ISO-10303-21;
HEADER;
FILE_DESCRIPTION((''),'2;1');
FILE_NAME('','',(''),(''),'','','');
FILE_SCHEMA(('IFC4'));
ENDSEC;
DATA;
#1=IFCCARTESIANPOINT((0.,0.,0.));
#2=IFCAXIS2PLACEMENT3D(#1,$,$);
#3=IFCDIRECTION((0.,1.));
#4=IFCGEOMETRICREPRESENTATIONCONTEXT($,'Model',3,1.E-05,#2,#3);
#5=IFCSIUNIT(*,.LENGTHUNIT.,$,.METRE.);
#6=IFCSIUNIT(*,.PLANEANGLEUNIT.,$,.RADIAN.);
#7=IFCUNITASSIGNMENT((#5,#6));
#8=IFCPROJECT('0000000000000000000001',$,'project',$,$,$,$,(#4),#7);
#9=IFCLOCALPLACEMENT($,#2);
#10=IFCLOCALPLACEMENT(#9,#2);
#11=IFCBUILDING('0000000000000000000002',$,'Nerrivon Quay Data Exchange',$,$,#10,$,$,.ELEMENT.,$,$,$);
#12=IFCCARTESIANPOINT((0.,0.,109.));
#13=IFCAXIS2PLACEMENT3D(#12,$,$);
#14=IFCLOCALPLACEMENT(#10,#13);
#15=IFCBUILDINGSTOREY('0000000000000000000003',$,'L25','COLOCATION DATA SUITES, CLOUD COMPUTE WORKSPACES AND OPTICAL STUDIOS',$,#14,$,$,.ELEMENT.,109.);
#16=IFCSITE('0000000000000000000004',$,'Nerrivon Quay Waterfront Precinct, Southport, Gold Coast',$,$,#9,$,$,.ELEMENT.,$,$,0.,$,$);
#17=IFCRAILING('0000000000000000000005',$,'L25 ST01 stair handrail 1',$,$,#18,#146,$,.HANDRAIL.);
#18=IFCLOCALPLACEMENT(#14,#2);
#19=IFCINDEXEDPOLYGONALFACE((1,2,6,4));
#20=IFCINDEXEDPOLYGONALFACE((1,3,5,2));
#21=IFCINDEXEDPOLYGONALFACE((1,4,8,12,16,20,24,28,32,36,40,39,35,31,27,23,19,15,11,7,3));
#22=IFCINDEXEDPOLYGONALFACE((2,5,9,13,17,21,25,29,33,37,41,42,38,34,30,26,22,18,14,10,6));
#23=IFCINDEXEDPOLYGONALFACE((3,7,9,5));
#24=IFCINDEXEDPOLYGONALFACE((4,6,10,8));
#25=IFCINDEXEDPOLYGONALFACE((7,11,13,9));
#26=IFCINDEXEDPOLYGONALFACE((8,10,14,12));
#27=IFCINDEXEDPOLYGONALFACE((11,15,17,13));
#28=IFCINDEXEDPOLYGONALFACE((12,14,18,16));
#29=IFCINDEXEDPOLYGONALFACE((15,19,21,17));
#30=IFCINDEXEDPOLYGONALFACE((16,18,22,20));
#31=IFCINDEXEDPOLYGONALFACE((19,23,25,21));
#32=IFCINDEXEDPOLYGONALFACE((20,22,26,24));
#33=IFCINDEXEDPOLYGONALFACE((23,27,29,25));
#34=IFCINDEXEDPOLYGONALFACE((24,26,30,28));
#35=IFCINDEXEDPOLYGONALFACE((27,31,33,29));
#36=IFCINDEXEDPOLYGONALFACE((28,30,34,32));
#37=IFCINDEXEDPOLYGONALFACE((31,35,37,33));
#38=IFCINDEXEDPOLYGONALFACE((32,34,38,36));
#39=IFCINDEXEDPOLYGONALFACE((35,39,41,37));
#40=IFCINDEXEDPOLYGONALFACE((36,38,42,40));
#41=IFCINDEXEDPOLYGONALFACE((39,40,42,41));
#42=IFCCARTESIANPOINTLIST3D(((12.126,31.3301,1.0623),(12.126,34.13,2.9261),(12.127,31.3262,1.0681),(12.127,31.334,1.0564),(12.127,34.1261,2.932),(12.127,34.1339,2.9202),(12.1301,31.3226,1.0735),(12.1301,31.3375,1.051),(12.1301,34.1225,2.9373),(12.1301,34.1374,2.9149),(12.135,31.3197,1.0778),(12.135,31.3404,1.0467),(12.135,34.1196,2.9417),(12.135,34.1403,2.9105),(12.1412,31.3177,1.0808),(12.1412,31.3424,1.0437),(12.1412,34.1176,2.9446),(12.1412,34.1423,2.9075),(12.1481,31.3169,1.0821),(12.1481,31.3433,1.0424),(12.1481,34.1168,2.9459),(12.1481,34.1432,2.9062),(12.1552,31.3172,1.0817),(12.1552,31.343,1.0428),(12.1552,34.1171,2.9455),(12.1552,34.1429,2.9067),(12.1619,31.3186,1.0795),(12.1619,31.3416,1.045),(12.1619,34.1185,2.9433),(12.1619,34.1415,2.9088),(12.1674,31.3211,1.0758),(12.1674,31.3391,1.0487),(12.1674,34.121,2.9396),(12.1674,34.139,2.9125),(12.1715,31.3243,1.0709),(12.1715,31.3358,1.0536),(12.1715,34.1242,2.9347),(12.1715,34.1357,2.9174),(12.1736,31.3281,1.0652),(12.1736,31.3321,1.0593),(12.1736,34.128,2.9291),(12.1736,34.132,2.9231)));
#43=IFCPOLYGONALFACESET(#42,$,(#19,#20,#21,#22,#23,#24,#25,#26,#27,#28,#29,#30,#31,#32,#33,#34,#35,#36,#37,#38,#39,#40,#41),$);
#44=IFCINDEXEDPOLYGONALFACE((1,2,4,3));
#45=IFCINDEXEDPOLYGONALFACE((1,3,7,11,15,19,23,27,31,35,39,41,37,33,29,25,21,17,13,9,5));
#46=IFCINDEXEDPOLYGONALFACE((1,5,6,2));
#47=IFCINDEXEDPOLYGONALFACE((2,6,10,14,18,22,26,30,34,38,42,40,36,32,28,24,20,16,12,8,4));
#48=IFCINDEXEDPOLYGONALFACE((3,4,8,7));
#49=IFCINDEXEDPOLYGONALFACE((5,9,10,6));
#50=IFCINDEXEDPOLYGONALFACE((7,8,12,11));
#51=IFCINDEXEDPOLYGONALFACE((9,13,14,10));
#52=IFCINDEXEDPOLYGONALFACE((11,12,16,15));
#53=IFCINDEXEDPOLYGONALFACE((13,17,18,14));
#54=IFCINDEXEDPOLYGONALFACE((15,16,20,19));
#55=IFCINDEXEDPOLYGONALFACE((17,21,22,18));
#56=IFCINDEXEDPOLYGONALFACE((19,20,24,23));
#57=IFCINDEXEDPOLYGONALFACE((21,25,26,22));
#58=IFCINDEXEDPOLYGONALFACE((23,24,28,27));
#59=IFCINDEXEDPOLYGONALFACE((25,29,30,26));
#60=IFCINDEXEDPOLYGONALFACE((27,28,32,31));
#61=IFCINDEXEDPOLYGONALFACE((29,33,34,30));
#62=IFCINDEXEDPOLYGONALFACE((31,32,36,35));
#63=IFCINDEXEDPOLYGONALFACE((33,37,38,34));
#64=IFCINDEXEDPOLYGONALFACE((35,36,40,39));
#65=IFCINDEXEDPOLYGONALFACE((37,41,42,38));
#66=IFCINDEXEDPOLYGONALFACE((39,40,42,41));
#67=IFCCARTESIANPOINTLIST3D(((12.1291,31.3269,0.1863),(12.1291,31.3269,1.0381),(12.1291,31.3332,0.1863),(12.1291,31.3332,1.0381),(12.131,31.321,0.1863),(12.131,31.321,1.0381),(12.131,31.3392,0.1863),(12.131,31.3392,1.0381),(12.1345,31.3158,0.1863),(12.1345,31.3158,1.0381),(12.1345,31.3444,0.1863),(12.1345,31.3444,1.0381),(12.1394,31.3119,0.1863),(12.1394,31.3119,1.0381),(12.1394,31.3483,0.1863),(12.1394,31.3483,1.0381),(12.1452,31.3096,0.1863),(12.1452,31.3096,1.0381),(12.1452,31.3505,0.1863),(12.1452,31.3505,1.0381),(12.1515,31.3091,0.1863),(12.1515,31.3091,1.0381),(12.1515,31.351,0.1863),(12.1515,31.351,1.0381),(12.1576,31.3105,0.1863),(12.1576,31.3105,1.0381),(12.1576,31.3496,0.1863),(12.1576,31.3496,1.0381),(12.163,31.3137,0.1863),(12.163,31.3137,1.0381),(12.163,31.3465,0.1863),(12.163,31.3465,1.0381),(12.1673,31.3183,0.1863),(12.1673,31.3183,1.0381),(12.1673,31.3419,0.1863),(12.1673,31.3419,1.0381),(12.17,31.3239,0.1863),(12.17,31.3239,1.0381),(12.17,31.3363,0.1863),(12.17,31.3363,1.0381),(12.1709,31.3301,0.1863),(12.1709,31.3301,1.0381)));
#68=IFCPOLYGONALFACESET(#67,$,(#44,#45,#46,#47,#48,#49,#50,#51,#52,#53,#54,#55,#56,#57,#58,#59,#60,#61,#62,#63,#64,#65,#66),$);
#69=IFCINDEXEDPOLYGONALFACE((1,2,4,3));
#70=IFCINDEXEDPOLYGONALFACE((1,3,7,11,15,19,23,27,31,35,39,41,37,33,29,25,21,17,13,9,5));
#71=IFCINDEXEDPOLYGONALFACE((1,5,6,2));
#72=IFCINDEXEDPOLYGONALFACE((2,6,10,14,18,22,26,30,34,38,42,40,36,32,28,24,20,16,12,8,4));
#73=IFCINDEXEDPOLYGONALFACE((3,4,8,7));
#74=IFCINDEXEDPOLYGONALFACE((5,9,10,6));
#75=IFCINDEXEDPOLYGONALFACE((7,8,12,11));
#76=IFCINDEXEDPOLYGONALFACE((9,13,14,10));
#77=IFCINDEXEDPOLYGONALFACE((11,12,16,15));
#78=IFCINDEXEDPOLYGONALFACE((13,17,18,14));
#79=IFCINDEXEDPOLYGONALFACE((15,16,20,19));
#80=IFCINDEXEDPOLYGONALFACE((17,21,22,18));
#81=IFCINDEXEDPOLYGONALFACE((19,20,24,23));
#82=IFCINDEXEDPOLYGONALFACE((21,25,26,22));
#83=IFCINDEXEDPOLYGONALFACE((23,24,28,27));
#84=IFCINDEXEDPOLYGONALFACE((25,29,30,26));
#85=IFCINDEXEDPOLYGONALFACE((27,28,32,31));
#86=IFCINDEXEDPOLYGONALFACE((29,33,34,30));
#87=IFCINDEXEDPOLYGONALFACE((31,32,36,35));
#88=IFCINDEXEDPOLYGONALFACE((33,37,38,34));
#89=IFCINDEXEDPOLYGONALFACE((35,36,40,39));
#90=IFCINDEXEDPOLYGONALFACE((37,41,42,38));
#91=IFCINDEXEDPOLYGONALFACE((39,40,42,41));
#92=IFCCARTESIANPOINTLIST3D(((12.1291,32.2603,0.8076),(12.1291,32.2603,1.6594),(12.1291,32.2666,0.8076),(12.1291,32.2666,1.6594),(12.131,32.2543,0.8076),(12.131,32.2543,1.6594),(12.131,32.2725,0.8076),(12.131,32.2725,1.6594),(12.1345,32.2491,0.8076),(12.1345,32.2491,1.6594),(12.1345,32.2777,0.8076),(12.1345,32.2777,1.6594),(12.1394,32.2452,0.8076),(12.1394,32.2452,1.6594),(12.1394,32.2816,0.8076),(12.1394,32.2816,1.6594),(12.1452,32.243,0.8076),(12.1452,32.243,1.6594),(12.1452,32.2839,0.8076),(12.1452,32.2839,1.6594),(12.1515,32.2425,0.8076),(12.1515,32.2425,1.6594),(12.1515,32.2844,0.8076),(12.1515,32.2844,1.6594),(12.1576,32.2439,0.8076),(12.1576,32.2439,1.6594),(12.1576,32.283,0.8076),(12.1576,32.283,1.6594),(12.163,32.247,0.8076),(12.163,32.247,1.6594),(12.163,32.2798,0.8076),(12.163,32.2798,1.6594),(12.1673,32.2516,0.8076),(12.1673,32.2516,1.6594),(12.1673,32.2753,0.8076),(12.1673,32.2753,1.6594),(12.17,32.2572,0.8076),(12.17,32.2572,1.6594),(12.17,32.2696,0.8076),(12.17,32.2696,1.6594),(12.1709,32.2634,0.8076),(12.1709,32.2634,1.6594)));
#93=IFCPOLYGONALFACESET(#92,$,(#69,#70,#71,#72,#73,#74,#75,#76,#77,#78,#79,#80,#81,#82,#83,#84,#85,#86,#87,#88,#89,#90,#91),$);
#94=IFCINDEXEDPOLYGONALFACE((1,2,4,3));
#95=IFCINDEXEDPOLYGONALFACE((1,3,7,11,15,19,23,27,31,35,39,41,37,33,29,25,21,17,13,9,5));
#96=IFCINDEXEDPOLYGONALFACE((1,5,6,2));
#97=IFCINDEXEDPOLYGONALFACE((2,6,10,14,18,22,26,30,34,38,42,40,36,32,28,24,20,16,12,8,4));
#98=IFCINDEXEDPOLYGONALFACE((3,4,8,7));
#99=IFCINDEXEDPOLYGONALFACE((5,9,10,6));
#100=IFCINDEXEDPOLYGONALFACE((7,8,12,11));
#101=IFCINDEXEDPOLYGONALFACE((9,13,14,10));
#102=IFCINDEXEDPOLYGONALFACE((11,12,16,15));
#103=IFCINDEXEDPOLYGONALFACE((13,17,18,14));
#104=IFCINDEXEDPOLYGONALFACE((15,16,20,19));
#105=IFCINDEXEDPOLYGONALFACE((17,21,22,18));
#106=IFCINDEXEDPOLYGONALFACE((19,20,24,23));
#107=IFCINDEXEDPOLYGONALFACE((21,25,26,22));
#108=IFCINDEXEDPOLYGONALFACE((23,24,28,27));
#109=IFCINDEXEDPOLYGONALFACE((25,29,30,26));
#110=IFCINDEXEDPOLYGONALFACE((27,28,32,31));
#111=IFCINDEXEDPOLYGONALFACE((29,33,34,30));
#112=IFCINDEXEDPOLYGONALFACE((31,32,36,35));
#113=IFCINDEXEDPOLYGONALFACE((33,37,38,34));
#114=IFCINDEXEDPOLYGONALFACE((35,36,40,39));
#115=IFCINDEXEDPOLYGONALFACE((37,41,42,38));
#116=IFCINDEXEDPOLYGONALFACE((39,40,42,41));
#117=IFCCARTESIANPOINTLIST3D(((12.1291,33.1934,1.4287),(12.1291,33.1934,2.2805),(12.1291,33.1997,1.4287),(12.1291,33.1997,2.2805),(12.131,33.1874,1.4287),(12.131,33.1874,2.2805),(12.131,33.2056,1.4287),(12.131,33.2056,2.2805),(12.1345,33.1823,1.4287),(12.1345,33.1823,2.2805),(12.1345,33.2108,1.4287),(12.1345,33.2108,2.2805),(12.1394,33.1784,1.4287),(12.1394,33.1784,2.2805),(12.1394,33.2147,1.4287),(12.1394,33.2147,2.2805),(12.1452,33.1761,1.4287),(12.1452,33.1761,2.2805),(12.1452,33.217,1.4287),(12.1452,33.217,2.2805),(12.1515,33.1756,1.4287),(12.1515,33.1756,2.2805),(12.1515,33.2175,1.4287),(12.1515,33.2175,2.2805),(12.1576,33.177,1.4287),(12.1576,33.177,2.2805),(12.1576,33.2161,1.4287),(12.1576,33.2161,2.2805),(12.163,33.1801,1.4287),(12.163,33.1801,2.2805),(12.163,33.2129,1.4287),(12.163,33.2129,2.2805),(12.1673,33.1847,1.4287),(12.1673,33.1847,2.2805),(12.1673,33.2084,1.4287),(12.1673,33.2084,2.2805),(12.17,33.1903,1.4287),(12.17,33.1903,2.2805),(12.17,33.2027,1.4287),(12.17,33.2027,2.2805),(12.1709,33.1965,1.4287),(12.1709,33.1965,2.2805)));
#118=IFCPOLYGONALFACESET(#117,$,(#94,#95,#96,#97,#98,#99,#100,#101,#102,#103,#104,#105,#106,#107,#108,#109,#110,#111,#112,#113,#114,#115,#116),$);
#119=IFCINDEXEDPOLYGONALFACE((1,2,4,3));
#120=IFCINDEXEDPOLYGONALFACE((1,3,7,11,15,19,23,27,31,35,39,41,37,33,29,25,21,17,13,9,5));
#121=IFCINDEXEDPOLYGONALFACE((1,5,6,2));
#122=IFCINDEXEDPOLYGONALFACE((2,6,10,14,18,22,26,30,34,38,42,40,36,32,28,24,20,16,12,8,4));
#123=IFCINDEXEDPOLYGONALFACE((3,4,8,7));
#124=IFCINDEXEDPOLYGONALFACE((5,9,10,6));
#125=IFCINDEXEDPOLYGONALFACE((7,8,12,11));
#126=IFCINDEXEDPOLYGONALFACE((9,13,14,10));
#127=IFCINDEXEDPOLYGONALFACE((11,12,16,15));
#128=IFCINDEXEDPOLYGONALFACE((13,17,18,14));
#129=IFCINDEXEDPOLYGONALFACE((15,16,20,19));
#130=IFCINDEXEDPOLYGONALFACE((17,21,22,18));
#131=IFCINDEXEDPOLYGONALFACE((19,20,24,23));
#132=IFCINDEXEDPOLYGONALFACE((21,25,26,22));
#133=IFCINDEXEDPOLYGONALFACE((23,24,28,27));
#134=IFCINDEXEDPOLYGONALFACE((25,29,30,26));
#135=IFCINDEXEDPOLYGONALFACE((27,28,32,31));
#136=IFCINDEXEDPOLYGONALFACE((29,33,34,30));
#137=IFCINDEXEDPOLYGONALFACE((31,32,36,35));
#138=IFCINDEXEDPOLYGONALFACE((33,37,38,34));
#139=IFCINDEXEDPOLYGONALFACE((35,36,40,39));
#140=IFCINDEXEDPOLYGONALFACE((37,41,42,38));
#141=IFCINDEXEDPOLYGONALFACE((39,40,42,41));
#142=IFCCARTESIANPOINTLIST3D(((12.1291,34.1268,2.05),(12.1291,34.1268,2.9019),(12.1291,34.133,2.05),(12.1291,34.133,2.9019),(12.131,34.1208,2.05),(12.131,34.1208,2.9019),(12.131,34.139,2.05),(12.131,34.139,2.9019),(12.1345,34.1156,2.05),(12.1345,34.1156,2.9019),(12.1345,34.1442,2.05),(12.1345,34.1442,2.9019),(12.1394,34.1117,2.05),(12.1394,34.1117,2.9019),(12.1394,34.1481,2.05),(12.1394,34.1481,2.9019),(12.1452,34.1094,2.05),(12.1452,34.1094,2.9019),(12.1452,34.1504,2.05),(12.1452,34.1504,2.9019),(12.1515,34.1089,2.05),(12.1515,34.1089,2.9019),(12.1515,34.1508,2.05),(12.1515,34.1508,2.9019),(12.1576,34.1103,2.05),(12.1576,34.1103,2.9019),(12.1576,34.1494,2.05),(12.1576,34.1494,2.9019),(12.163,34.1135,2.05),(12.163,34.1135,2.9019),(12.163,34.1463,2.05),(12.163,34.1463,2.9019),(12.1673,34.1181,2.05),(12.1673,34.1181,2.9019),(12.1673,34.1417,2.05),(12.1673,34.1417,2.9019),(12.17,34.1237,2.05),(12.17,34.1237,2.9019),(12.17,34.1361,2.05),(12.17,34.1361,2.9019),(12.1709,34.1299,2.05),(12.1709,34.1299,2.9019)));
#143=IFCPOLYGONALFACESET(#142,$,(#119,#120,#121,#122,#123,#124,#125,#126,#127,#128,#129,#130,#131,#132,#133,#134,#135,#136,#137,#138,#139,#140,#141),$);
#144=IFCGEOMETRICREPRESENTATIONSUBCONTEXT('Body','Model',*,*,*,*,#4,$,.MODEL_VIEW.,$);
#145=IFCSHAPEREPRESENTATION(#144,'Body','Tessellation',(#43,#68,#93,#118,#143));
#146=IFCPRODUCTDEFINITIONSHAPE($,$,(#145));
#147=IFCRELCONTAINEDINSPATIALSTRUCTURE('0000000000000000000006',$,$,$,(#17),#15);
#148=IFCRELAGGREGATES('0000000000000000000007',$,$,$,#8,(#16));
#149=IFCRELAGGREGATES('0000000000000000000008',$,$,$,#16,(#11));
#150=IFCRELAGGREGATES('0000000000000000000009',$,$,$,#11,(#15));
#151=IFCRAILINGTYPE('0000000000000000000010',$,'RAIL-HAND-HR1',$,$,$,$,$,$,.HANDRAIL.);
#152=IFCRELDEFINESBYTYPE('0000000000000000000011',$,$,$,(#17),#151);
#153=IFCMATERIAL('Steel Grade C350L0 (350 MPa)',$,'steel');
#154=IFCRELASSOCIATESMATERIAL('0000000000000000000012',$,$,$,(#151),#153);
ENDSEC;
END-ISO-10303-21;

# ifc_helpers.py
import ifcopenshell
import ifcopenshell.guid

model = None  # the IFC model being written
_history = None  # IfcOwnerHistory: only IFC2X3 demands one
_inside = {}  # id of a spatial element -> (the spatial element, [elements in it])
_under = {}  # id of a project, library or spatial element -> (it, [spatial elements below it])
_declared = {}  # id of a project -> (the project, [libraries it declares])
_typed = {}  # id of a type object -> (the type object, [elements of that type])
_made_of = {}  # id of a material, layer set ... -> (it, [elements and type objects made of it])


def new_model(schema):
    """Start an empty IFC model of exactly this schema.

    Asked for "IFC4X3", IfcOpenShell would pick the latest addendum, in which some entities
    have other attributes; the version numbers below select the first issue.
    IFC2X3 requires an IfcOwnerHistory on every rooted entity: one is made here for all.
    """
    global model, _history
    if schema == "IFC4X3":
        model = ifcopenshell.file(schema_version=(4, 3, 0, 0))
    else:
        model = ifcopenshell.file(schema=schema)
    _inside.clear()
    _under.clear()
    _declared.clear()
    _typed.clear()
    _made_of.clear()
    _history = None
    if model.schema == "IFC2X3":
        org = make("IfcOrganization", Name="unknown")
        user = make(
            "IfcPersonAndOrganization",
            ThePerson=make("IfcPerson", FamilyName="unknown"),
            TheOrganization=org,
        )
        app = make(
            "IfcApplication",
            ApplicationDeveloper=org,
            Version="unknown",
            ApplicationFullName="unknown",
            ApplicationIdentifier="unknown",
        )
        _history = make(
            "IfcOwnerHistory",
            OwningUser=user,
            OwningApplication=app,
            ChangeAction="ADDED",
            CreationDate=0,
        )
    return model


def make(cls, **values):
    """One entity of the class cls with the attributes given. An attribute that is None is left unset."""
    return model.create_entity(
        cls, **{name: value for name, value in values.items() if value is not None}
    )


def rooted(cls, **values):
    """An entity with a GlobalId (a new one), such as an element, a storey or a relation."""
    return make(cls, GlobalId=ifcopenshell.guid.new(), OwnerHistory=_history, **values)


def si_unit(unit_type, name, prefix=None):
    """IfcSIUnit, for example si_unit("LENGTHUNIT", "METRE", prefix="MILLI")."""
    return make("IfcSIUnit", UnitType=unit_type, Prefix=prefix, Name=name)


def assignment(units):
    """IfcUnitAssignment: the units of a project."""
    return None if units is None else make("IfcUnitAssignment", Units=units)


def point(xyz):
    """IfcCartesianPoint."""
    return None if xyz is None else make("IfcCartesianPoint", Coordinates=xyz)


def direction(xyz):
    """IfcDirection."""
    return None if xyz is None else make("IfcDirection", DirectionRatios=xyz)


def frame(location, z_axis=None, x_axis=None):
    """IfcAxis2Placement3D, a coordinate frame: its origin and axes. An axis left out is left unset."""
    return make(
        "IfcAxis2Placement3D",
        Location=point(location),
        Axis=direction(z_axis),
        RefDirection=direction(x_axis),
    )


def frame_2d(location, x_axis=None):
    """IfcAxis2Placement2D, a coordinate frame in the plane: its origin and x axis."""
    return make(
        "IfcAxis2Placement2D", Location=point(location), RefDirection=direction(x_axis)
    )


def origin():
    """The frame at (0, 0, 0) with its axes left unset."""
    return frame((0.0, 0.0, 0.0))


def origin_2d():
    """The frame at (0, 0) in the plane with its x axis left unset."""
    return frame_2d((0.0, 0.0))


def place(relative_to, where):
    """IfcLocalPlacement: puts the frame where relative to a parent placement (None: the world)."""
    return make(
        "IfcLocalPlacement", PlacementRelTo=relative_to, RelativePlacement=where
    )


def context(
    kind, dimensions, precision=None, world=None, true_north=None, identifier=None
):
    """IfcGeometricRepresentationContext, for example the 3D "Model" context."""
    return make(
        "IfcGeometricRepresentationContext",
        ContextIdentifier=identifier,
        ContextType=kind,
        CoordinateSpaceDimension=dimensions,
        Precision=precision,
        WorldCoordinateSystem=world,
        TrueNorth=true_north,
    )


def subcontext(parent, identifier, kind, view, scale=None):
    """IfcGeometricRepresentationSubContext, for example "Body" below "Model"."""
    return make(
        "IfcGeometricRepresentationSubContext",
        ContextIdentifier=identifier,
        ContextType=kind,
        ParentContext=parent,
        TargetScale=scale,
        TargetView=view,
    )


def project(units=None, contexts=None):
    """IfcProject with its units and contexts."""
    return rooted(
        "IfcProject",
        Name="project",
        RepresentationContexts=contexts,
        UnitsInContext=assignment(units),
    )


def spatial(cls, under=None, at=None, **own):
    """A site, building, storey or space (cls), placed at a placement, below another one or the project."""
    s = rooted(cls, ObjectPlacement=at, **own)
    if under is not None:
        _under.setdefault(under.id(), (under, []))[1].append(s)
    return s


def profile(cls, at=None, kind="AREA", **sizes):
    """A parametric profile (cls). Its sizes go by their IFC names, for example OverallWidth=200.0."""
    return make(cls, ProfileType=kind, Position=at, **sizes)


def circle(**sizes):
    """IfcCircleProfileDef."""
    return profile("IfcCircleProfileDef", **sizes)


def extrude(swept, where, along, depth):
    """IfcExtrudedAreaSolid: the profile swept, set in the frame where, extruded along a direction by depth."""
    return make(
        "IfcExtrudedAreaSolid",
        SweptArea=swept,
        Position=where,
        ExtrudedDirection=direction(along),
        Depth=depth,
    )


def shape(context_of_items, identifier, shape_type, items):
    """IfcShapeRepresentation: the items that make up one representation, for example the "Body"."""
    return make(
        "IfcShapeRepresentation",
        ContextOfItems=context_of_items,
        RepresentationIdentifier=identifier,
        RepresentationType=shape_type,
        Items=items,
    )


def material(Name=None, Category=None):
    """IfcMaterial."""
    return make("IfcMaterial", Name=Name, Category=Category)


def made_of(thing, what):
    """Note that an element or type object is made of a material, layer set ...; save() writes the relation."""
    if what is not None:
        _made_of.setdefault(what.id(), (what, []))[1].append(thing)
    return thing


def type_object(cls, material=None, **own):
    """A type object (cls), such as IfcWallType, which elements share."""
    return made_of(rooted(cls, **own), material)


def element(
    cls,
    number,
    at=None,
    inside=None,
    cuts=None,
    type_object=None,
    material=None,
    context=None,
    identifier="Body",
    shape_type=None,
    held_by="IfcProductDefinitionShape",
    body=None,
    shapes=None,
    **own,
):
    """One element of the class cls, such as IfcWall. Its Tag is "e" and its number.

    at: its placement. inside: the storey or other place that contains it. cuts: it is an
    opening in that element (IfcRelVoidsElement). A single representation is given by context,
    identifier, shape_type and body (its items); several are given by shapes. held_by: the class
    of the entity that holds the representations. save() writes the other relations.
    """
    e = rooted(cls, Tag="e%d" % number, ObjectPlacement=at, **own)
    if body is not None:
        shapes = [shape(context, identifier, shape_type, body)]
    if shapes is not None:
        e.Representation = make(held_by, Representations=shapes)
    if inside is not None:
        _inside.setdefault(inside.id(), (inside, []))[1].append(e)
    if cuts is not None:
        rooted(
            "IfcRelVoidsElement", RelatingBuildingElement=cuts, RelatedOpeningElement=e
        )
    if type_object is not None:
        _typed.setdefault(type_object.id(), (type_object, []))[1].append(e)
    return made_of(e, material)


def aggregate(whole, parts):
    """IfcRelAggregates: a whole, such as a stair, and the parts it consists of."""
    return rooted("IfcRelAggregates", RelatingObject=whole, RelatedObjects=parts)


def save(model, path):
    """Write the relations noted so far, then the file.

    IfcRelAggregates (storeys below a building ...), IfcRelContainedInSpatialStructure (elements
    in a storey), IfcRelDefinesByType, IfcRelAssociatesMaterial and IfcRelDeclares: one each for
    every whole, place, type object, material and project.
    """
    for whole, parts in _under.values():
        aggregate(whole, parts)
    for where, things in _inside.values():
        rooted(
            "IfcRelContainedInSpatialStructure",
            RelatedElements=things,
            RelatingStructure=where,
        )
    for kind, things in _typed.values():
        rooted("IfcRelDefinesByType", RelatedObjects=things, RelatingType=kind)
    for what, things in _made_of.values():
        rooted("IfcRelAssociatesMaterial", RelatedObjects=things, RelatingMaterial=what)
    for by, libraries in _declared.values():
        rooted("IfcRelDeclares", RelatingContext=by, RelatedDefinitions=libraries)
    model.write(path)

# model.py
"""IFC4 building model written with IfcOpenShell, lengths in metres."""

from ifc_helpers import new_model, si_unit, direction, frame, origin, origin_2d, place, context, subcontext, project, spatial, circle, extrude, material, type_object, element, save


model = new_model("IFC4")

# Units and contexts
model_context = context("Model", 3, precision=1e-05, world=origin(), true_north=direction((0.0, 1.0)))
body_context = subcontext(model_context, "Body", "Model", "MODEL_VIEW")
ifc_project = project(units=[si_unit("LENGTHUNIT", "METRE"), si_unit("PLANEANGLEUNIT", "RADIAN")], contexts=[model_context])

# Site, building, storey
site_placement = place(None, origin())
site = spatial("IfcSite", under=ifc_project, at=site_placement, Name="Nerrivon Quay Waterfront Precinct, Southport, Gold Coast", CompositionType="ELEMENT", RefElevation=0.0)
building_placement = place(site_placement, origin())
building = spatial("IfcBuilding", under=site, at=building_placement, Name="Nerrivon Quay Data Exchange", CompositionType="ELEMENT")
storey_placement = place(building_placement, frame((0.0, 0.0, 109.0)))
storey = spatial("IfcBuildingStorey", under=building, at=storey_placement, Name="L25", Description="COLOCATION DATA SUITES, CLOUD COMPUTE WORKSPACES AND OPTICAL STUDIOS", CompositionType="ELEMENT", Elevation=109.0)

# Railing
ifc_material_1 = material(Name="Steel Grade C350L0 (350 MPa)", Category="steel")
railing_type_1 = type_object("IfcRailingType", Name="RAIL-HAND-HR1", PredefinedType="HANDRAIL", material=ifc_material_1)
railing_1_placement = place(storey_placement, frame((12.1499, 31.3301, 0.1863)))
element("IfcRailing", 1, at=railing_1_placement, inside=storey, type_object=railing_type_1, Name="L25 ST01 stair handrail 1", PredefinedType="HANDRAIL", context=body_context, shape_type="SweptSolid", body=[
    extrude(circle(Radius=0.0239, at=origin_2d()), frame((0.0, 0.0, 0.876), z_axis=(0.0, 0.83243, 0.554131), x_axis=(-1.0, 0.0, 0.0)), (0.0, 0.0, 1.0), 3.3635),
    extrude(circle(Radius=0.021, at=origin_2d()), origin(), (0.0, 0.0, 1.0), 0.8518),
    extrude(circle(Radius=0.021, at=origin_2d()), frame((0.0, 0.9333, 0.6213)), (0.0, 0.0, 1.0), 0.8518),
    extrude(circle(Radius=0.021, at=origin_2d()), frame((0.0, 1.8665, 1.2424)), (0.0, 0.0, 1.0), 0.8518),
    extrude(circle(Radius=0.021, at=origin_2d()), frame((0.0, 2.7998, 1.8638)), (0.0, 0.0, 1.0), 0.8518),
])

save(model, "model.ifc")
